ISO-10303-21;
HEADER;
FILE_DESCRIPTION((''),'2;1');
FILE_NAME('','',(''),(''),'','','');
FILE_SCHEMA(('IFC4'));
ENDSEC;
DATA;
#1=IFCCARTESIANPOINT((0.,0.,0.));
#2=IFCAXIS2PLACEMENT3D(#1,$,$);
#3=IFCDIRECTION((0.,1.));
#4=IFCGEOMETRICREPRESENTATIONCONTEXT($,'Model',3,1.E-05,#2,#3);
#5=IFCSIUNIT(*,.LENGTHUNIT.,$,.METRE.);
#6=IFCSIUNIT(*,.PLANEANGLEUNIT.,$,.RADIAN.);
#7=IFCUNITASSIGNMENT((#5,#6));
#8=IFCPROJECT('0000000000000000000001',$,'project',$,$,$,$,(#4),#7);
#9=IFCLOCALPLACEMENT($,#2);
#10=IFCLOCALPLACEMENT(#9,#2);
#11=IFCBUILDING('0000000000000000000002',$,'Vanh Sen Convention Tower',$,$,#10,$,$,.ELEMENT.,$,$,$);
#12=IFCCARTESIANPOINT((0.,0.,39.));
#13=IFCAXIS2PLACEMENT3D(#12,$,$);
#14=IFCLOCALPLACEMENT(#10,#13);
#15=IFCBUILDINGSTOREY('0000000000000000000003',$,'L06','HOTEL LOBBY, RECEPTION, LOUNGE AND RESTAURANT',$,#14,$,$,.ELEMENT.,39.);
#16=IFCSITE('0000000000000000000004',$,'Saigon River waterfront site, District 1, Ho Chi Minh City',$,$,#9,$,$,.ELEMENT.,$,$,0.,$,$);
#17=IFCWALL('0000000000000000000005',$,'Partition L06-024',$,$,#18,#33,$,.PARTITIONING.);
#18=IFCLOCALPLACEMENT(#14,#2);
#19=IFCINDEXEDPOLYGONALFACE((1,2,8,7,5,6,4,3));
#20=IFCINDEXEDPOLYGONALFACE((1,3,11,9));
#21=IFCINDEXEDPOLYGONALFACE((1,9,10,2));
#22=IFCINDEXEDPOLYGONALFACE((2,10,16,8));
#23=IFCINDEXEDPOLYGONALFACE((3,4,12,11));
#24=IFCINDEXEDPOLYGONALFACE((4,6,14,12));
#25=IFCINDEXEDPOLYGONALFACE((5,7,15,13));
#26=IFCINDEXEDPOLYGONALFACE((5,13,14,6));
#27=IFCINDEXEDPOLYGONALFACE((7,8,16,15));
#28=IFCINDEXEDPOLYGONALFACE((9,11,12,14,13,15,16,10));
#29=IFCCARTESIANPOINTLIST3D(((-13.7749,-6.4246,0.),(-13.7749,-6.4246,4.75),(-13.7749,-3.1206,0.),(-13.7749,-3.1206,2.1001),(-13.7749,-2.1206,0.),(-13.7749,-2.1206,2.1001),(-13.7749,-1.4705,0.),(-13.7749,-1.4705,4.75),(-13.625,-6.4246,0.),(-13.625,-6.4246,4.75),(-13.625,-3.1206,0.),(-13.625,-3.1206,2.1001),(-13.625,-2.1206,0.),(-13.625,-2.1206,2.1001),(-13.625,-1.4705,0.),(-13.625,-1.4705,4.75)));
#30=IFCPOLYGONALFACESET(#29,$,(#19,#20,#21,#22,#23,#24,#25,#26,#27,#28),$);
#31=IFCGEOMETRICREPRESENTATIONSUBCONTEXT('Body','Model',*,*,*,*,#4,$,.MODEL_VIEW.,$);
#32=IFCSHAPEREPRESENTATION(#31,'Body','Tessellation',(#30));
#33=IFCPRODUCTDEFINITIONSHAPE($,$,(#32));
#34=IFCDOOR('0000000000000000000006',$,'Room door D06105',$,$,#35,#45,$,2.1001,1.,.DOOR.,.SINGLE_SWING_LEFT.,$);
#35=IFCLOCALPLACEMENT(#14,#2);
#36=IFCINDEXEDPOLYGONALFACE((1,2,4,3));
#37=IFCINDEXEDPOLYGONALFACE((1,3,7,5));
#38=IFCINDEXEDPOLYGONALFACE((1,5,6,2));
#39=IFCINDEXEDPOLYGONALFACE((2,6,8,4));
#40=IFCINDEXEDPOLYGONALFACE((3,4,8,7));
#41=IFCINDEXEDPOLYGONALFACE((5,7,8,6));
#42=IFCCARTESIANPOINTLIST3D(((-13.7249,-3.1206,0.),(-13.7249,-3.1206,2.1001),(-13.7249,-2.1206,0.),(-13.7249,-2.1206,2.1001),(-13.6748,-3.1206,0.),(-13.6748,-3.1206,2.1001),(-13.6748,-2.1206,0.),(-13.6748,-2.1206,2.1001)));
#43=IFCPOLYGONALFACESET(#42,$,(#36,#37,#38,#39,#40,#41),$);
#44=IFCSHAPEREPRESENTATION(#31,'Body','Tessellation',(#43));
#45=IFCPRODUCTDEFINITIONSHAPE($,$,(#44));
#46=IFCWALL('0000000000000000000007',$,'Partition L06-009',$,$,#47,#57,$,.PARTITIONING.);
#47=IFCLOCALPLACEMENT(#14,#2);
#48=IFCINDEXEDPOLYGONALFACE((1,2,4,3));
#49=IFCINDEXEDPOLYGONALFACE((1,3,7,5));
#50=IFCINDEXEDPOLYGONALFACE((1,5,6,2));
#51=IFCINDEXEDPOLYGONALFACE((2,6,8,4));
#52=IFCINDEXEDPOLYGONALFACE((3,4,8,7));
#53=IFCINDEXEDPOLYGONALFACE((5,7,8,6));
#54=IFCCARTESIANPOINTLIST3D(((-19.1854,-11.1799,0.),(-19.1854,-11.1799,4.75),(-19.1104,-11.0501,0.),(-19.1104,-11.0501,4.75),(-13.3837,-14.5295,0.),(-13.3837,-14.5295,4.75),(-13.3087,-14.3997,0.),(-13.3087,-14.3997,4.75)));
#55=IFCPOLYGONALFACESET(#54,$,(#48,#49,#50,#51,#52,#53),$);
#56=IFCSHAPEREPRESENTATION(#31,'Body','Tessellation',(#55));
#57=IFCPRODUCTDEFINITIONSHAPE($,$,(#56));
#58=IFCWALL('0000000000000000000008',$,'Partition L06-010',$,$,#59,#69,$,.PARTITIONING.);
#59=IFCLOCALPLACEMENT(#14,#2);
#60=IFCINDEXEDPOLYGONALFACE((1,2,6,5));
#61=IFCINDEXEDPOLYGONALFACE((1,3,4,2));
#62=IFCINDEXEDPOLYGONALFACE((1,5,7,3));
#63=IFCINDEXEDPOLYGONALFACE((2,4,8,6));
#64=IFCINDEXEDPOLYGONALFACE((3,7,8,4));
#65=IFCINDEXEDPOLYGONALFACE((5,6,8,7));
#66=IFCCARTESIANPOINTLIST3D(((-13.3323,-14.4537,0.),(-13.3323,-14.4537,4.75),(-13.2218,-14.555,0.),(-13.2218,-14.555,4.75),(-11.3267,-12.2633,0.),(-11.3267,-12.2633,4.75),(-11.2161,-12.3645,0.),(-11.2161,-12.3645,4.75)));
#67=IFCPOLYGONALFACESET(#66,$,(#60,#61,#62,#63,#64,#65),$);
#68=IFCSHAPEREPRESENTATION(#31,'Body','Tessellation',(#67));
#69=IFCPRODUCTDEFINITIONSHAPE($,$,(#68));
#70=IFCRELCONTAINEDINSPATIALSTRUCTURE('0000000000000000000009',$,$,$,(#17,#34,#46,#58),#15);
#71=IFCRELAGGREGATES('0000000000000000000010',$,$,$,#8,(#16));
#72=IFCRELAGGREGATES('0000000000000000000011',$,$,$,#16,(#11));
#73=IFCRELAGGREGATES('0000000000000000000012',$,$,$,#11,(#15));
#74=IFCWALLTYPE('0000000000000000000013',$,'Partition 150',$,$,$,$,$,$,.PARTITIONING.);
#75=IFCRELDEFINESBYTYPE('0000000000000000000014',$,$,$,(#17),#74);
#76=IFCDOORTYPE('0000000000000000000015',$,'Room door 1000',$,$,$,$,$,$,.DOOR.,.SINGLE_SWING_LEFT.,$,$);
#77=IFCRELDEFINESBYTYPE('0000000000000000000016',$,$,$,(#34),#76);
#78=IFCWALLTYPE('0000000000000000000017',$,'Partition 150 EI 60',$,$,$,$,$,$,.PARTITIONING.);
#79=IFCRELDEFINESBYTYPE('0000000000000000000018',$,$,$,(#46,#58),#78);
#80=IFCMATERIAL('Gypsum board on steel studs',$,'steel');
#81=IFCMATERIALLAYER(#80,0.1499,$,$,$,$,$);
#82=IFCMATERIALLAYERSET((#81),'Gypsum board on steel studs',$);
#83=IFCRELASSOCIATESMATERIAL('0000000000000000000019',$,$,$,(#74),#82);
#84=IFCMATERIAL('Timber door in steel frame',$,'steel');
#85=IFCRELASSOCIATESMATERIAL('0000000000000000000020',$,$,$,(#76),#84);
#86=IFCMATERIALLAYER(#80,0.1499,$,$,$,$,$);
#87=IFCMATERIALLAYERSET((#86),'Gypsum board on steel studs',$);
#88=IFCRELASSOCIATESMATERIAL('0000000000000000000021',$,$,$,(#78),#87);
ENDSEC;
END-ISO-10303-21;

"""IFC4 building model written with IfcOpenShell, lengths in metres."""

from ifc_helpers import new_model, si_unit, direction, frame, frame_2d, origin, place, context, subcontext, project, spatial, rectangle, extrude, material, layer, layer_set, type_object, element, fill, save


model = new_model("IFC4")

# Units and contexts
model_context = context("Model", 3, precision=1e-05, world=origin(), true_north=direction((0.0, 1.0)))
body_context = subcontext(model_context, "Body", "Model", "MODEL_VIEW")
ifc_project = project(units=[si_unit("LENGTHUNIT", "METRE"), si_unit("PLANEANGLEUNIT", "RADIAN")], contexts=[model_context])

# Site, building, storey
site_placement = place(None, origin())
site = spatial("IfcSite", under=ifc_project, at=site_placement, Name="Saigon River waterfront site, District 1, Ho Chi Minh City", CompositionType="ELEMENT", RefElevation=0.0)
building_placement = place(site_placement, origin())
building = spatial("IfcBuilding", under=site, at=building_placement, Name="Vanh Sen Convention Tower", CompositionType="ELEMENT")
storey_placement = place(building_placement, frame((0.0, 0.0, 39.0)))
storey = spatial("IfcBuildingStorey", under=building, at=storey_placement, Name="L06", Description="HOTEL LOBBY, RECEPTION, LOUNGE AND RESTAURANT", CompositionType="ELEMENT", Elevation=39.0)

# Shared definitions
ifc_material_1 = material(Name="Gypsum board on steel studs", Category="steel")
ifc_layer_1 = layer(ifc_material_1, 0.1499)
ifc_layer_set_1 = layer_set([ifc_layer_1], Name="Gypsum board on steel studs")
wall_type_1 = type_object("IfcWallType", Name="Partition 150", PredefinedType="PARTITIONING", material=ifc_layer_set_1)

# Shared definitions
ifc_material_2 = material(Name="Timber door in steel frame", Category="steel")
door_type_1 = type_object("IfcDoorType", Name="Room door 1000", OperationType="SINGLE_SWING_LEFT", PredefinedType="DOOR", material=ifc_material_2)

# Wall, opening, door
wall_1_placement = place(storey_placement, frame((-13.7, -6.4246, 0.0), z_axis=(0.0, 0.0, 1.0), x_axis=(0.0, 1.0, 0.0)))
wall_1 = element("IfcWall", 1, at=wall_1_placement, inside=storey, type_object=wall_type_1, Name="Partition L06-024", PredefinedType="PARTITIONING", context=body_context, shape_type="SweptSolid", body=[
    extrude(rectangle(XDim=4.9541, YDim=0.1499, at=frame_2d((2.4771, 0.0))), origin(), (0.0, 0.0, 1.0), 4.75),
])
opening_1_placement = place(wall_1_placement, frame((3.304, 0.0, 0.0)))
opening_1 = element("IfcOpeningElement", 2, at=opening_1_placement, cuts=wall_1, PredefinedType="OPENING", context=body_context, shape_type="SweptSolid", body=[
    extrude(rectangle(XDim=1.0, YDim=2.1001, at=frame_2d((0.5, 1.05))), frame((0.0, 0.085, 0.0), z_axis=(0.0, -1.0, 0.0), x_axis=(1.0, 0.0, 0.0)), (0.0, 0.0, 1.0), 0.1699),
])
door_1_placement = place(opening_1_placement, origin())
door_1 = element("IfcDoor", 3, at=door_1_placement, inside=storey, type_object=door_type_1, Name="Room door D06105", OperationType="SINGLE_SWING_LEFT", OverallHeight=2.1001, OverallWidth=1.0, PredefinedType="DOOR", context=body_context, shape_type="SweptSolid", body=[
    extrude(rectangle(XDim=1.0, YDim=2.1001, at=frame_2d((0.5, 1.05))), frame((0.0, 0.0249, 0.0), z_axis=(0.0, -1.0, 0.0), x_axis=(1.0, 0.0, 0.0)), (0.0, 0.0, 1.0), 0.05),
])
fill(opening_1, door_1)

# Walls
ifc_layer_2 = layer(ifc_material_1, 0.1499)
ifc_layer_set_2 = layer_set([ifc_layer_2], Name="Gypsum board on steel studs")
wall_type_2 = type_object("IfcWallType", Name="Partition 150 EI 60", PredefinedType="PARTITIONING", material=ifc_layer_set_2)
wall_2_placement = place(storey_placement, frame((-13.3462, -14.4646, 0.0), z_axis=(0.0, 0.0, 1.0), x_axis=(-0.866028, 0.499996, 0.0)))
element("IfcWall", 4, at=wall_2_placement, inside=storey, type_object=wall_type_2, Name="Partition L06-009", PredefinedType="PARTITIONING", context=body_context, shape_type="SweptSolid", body=[
    extrude(rectangle(XDim=6.6992, YDim=0.1499, at=frame_2d((3.3496, 0.0))), origin(), (0.0, 0.0, 1.0), 4.75),
])
wall_3_placement = place(storey_placement, frame((-11.2715, -12.314, 0.0), z_axis=(0.0, 0.0, 1.0), x_axis=(-0.675308, -0.737536, 0.0)))
element("IfcWall", 5, at=wall_3_placement, inside=storey, type_object=wall_type_2, Name="Partition L06-010", PredefinedType="PARTITIONING", context=body_context, shape_type="SweptSolid", body=[
    extrude(rectangle(XDim=2.97, YDim=0.1499, at=frame_2d((1.4849, 0.0))), origin(), (0.0, 0.0, 1.0), 4.75),
])

save(model, "model.ifc")
